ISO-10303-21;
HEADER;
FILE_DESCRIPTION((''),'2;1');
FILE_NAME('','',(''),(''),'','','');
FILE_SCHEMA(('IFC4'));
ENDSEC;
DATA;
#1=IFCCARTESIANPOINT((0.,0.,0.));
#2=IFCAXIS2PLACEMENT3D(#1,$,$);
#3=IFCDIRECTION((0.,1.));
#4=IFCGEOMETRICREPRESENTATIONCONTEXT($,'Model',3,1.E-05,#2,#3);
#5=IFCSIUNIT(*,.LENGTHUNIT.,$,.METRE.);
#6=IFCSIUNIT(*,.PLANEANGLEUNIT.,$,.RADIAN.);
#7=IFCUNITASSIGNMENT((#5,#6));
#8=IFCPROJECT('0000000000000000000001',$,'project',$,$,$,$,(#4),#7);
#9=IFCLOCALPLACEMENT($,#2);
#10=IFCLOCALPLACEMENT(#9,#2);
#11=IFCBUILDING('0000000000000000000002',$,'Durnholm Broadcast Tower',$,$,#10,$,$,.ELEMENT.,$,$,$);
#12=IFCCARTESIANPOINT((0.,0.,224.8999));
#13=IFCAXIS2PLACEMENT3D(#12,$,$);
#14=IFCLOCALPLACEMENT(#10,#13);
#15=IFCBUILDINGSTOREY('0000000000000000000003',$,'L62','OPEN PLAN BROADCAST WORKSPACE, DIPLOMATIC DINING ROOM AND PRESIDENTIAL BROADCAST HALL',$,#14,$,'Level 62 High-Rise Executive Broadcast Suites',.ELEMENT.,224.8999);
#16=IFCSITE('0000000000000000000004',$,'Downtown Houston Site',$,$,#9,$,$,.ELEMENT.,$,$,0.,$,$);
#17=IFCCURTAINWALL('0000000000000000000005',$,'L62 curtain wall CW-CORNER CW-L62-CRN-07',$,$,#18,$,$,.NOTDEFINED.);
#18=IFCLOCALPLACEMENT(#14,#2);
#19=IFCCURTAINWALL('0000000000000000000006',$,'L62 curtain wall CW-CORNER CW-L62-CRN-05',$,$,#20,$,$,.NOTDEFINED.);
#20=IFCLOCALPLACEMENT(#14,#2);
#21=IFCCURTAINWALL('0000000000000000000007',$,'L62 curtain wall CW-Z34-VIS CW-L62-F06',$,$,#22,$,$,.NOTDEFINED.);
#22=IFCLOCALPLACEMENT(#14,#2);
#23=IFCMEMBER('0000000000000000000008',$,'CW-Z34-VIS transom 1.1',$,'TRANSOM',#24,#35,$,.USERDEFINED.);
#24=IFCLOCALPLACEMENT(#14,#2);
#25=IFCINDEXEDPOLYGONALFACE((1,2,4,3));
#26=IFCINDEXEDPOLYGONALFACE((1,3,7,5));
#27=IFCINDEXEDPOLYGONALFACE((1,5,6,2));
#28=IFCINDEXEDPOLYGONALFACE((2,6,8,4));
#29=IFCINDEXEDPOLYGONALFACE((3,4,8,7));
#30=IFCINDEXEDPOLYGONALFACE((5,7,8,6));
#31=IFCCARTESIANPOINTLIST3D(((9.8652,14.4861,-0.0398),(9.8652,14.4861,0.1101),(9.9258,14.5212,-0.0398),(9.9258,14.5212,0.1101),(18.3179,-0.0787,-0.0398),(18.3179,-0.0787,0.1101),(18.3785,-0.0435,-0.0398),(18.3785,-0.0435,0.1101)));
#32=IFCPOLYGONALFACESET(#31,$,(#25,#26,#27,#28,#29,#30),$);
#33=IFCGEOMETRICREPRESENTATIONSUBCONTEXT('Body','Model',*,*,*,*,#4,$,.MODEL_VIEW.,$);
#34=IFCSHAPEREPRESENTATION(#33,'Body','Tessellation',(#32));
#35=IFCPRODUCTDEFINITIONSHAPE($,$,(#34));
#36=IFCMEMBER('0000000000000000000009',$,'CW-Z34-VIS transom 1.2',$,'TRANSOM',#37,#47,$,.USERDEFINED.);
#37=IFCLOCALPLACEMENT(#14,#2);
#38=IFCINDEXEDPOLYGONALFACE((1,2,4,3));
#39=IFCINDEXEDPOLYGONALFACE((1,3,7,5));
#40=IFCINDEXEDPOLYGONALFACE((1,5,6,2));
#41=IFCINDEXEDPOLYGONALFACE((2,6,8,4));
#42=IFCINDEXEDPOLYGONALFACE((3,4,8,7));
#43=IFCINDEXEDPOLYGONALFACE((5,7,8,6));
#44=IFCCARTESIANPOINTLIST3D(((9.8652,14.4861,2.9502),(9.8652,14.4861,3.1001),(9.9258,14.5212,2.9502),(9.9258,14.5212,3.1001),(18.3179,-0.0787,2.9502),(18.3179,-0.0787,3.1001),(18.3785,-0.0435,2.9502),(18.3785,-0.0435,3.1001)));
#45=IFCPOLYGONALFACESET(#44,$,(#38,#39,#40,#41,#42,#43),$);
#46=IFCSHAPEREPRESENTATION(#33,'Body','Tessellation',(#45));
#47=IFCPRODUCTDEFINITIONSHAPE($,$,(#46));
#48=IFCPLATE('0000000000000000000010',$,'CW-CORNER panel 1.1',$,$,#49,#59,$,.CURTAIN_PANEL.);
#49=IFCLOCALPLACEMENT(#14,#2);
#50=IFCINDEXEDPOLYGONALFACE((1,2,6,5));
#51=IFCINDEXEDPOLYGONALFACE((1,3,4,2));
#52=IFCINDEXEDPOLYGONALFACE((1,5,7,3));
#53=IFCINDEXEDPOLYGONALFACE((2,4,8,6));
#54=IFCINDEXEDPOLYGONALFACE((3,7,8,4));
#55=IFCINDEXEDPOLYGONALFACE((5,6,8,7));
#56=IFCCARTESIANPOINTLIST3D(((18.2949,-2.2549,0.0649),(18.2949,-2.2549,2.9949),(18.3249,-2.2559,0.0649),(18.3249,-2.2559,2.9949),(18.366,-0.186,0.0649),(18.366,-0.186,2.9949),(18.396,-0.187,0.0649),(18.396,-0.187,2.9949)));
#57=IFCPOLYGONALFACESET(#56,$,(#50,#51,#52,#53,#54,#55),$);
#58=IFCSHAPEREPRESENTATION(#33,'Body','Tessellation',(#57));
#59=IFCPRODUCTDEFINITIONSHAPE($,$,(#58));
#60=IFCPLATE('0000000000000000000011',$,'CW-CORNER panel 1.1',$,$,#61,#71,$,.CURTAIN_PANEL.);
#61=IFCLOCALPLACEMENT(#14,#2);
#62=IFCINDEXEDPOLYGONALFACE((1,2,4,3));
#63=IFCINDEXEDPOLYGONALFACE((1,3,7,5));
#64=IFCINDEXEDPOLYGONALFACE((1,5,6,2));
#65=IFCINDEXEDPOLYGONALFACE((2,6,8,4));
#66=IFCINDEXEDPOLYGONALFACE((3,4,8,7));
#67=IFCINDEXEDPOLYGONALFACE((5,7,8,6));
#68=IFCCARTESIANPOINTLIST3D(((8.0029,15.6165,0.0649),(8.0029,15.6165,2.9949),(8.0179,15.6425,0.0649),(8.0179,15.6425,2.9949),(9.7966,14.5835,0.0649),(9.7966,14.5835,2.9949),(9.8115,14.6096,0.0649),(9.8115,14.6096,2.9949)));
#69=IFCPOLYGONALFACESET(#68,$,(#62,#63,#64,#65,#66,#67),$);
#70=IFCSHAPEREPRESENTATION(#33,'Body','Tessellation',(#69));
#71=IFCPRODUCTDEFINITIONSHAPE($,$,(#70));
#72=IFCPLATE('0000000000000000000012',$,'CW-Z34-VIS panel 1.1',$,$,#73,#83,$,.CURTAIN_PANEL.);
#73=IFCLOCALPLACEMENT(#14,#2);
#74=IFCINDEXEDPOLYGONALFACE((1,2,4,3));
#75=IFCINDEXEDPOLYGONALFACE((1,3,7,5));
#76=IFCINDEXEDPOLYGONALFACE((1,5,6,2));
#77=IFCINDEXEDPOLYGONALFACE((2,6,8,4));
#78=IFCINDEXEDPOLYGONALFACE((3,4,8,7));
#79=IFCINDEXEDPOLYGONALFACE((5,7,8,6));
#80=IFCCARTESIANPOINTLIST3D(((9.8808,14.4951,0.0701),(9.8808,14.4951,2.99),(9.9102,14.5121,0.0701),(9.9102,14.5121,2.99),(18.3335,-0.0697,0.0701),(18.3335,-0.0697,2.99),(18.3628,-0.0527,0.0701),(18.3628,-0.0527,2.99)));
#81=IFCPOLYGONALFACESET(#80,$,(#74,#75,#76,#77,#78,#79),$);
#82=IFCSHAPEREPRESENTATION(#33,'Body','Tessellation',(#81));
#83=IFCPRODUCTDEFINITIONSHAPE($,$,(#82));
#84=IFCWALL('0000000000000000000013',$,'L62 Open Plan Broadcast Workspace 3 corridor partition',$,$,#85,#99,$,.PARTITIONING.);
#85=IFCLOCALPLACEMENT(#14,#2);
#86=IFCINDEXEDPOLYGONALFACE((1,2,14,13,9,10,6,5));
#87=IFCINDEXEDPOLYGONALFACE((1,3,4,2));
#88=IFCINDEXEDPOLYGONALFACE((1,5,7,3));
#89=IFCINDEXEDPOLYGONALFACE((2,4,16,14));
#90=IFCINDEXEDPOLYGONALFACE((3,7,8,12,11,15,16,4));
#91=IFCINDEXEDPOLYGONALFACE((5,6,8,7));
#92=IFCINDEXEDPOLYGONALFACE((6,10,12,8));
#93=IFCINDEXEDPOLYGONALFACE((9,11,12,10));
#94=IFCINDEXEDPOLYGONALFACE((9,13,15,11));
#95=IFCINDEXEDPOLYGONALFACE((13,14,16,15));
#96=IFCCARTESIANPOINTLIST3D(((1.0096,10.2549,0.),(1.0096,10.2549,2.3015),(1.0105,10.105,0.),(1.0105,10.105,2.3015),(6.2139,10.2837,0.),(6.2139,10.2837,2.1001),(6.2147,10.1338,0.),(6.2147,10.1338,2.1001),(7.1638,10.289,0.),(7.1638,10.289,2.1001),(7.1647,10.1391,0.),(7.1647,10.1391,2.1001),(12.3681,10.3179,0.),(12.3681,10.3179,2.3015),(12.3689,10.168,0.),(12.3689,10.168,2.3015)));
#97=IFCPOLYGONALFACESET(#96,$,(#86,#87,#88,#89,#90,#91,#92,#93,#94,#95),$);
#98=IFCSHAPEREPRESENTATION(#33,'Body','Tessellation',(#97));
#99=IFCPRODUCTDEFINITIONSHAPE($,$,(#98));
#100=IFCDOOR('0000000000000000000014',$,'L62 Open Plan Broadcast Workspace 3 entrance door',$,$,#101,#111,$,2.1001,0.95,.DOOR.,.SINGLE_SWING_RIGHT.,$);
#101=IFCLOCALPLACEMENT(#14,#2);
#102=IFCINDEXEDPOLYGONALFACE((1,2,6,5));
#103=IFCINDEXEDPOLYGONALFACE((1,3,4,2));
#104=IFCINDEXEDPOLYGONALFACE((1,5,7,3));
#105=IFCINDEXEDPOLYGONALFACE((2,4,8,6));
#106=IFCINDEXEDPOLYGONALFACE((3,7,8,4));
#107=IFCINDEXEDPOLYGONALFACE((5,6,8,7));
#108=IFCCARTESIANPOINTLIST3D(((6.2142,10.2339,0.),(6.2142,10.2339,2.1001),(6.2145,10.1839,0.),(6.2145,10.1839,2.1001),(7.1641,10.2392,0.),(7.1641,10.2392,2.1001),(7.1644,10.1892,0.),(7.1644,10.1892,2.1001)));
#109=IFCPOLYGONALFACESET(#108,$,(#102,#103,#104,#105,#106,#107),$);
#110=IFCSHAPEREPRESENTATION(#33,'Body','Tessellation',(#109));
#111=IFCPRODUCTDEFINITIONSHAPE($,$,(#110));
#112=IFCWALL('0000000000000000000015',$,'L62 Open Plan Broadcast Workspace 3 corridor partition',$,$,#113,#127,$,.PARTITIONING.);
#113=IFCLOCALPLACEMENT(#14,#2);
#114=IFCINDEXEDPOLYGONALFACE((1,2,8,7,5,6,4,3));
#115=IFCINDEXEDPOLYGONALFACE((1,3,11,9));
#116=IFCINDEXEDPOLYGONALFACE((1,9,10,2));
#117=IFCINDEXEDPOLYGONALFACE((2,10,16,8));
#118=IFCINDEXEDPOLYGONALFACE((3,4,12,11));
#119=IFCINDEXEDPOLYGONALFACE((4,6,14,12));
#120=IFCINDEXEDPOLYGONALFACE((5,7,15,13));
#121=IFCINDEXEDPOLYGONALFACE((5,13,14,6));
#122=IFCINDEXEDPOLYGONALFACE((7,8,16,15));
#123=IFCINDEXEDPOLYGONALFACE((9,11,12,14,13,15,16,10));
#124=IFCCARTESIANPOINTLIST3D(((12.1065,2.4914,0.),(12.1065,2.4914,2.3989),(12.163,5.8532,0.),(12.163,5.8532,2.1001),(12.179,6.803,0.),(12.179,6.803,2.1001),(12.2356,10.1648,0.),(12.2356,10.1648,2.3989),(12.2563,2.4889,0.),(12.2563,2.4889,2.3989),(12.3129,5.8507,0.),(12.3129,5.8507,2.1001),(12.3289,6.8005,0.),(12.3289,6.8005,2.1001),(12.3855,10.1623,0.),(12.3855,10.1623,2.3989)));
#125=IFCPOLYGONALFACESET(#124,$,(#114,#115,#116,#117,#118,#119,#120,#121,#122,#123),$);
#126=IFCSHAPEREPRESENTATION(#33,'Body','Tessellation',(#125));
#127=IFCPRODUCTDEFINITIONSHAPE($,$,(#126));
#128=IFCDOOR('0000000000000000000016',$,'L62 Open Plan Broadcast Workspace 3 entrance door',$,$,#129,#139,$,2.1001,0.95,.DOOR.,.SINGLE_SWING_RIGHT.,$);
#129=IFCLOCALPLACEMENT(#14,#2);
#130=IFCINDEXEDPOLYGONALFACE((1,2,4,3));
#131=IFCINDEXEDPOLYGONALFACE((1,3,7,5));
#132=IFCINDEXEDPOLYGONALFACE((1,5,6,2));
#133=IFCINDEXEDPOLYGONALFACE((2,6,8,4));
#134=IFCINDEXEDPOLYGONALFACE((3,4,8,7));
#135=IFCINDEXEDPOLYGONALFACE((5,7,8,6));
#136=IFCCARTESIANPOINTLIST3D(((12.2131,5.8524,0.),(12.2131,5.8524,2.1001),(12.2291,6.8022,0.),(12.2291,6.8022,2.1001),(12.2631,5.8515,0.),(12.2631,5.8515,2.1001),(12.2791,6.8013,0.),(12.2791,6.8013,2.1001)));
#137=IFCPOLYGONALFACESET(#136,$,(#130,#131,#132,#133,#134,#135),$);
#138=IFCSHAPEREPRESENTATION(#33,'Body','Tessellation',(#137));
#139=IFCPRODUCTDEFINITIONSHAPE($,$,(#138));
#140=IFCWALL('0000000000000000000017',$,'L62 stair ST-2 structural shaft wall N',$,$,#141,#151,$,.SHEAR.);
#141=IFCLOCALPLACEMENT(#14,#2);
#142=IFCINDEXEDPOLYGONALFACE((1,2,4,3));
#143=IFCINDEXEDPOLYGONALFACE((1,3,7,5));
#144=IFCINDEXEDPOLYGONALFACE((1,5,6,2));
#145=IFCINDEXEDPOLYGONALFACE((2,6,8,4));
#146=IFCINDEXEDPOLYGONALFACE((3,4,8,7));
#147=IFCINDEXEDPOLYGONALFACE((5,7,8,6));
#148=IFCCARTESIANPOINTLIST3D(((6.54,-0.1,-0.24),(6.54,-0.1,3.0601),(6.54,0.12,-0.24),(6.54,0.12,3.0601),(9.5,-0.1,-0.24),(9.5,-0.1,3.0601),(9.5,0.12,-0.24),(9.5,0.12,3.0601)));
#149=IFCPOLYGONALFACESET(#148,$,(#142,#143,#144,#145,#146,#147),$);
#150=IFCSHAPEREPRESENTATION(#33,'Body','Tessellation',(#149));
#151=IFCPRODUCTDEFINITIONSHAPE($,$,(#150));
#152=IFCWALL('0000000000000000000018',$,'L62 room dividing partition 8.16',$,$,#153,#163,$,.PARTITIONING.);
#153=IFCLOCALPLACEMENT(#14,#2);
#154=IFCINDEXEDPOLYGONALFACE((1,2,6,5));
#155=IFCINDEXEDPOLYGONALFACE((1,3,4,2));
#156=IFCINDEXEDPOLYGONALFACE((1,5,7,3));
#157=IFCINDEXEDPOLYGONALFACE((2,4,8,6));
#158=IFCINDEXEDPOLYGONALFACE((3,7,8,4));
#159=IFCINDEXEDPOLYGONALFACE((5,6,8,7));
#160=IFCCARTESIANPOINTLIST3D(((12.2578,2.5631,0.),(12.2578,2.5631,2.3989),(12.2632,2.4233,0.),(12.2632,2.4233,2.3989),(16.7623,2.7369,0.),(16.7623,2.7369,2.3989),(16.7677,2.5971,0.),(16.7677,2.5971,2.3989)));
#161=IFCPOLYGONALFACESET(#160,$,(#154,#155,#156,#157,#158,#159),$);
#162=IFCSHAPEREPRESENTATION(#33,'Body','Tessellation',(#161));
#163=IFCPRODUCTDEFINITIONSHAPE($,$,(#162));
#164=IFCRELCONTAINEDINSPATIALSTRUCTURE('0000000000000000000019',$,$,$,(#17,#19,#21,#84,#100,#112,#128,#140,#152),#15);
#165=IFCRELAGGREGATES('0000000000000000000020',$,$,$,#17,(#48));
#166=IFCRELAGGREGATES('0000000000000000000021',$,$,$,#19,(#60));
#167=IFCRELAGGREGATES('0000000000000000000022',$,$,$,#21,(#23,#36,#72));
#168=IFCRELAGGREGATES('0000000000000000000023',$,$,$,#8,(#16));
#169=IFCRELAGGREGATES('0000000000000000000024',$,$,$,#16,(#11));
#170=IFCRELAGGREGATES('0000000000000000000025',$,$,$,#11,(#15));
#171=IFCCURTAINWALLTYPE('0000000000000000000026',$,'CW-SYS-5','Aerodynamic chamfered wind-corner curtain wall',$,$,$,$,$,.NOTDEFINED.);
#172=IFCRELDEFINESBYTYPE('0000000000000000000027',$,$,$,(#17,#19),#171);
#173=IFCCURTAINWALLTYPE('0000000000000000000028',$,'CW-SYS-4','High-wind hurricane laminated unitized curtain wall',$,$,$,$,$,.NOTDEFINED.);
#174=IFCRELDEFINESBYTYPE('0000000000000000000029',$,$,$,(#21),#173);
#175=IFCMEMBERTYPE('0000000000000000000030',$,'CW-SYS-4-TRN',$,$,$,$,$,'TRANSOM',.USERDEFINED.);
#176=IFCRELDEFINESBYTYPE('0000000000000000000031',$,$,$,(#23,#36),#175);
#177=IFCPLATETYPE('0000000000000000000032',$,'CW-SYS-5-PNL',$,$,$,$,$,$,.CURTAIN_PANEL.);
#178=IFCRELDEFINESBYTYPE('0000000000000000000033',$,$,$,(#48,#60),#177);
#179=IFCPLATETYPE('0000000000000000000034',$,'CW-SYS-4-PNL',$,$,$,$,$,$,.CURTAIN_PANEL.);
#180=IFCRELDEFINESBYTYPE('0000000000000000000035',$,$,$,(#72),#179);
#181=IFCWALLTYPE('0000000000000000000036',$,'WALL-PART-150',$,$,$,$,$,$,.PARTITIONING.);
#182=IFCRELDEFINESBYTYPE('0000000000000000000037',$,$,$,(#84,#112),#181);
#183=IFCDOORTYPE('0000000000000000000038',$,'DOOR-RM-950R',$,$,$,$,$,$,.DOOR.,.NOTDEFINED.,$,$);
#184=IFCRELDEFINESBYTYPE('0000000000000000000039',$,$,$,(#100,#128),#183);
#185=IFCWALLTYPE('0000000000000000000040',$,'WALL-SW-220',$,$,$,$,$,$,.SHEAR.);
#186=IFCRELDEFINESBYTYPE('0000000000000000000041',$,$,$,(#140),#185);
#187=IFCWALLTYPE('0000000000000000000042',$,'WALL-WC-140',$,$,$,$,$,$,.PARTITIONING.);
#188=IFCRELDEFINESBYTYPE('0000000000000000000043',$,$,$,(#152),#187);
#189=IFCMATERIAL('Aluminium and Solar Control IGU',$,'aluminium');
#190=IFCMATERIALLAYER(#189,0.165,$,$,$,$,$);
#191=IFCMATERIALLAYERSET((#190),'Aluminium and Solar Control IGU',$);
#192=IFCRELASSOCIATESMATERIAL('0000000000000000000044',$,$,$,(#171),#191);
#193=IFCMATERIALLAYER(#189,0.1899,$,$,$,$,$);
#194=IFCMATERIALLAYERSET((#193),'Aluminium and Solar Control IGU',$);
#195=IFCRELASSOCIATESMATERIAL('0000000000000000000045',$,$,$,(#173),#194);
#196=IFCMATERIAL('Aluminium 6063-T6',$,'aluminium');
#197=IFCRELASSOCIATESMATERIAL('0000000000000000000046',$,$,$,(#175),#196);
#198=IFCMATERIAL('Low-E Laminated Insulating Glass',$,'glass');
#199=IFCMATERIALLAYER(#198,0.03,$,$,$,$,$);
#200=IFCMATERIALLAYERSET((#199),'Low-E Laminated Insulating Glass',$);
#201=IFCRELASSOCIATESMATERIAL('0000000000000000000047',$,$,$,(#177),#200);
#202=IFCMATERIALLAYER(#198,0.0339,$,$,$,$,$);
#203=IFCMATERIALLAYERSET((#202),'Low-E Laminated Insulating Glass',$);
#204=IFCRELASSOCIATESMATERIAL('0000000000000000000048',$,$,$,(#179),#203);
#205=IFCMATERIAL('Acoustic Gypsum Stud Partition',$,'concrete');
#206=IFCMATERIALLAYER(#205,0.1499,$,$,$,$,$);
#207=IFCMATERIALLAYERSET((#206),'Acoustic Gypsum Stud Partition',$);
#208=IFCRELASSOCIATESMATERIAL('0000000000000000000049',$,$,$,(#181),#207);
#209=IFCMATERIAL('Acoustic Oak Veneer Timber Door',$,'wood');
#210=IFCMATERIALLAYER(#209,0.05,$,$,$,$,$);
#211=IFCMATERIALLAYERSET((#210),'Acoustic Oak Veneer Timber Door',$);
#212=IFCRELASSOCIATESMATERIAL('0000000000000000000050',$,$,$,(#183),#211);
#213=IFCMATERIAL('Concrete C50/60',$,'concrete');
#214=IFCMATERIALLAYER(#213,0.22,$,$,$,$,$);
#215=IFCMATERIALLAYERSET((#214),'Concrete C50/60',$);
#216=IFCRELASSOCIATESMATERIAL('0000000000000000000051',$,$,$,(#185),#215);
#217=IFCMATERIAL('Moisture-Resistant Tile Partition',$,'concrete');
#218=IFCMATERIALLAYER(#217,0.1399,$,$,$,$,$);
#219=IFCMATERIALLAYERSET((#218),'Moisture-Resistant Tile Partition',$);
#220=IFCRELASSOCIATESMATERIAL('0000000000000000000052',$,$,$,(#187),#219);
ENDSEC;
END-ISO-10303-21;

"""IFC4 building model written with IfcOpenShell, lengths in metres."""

from ifc_helpers import new_model, si_unit, direction, frame, frame_2d, origin, origin_2d, place, context, subcontext, project, spatial, rectangle, extrude, source, transform, mapped, material, layer, layer_set, material_profile, profile_set, type_object, type_shapes, element, fill, aggregate, save


model = new_model("IFC4")

# Units and contexts
model_context = context("Model", 3, precision=1e-05, world=origin(), true_north=direction((0.0, 1.0)))
body_context = subcontext(model_context, "Body", "Model", "MODEL_VIEW")
ifc_project = project(units=[si_unit("LENGTHUNIT", "METRE"), si_unit("PLANEANGLEUNIT", "RADIAN")], contexts=[model_context])

# Site, building, storey
site_placement = place(None, origin())
site = spatial("IfcSite", under=ifc_project, at=site_placement, Name="Downtown Houston Site", CompositionType="ELEMENT", RefElevation=0.0)
building_placement = place(site_placement, origin())
building = spatial("IfcBuilding", under=site, at=building_placement, Name="Durnholm Broadcast Tower", CompositionType="ELEMENT")
storey_placement = place(building_placement, frame((0.0, 0.0, 224.8999)))
storey = spatial("IfcBuildingStorey", under=building, at=storey_placement, Name="L62", Description="OPEN PLAN BROADCAST WORKSPACE, DIPLOMATIC DINING ROOM AND PRESIDENTIAL BROADCAST HALL", LongName="Level 62 High-Rise Executive Broadcast Suites", CompositionType="ELEMENT", Elevation=224.8999)

# Curtain wall
ifc_material_1 = material(Name="Aluminium and Solar Control IGU", Category="aluminium")
ifc_layer_1 = layer(ifc_material_1, 0.165)
ifc_layer_set_1 = layer_set([ifc_layer_1], Name="Aluminium and Solar Control IGU")
curtain_wall_type_1 = type_object("IfcCurtainWallType", Name="CW-SYS-5", Description="Aerodynamic chamfered wind-corner curtain wall", PredefinedType="NOTDEFINED", material=ifc_layer_set_1)
curtain_wall_1_placement = place(storey_placement, origin())
curtain_wall_1 = element("IfcCurtainWall", 1, at=curtain_wall_1_placement, inside=storey, type_object=curtain_wall_type_1, Name="L62 curtain wall CW-CORNER CW-L62-CRN-07", PredefinedType="NOTDEFINED")
ifc_material_2 = material(Name="Aluminium 6063-T6", Category="aluminium")

# Curtain wall
curtain_wall_2_placement = place(storey_placement, origin())
curtain_wall_2 = element("IfcCurtainWall", 2, at=curtain_wall_2_placement, inside=storey, type_object=curtain_wall_type_1, Name="L62 curtain wall CW-CORNER CW-L62-CRN-05", PredefinedType="NOTDEFINED")

# Curtain wall, members
ifc_layer_2 = layer(ifc_material_1, 0.1899)
ifc_layer_set_2 = layer_set([ifc_layer_2], Name="Aluminium and Solar Control IGU")
curtain_wall_type_2 = type_object("IfcCurtainWallType", Name="CW-SYS-4", Description="High-wind hurricane laminated unitized curtain wall", PredefinedType="NOTDEFINED", material=ifc_layer_set_2)
curtain_wall_3_placement = place(storey_placement, origin())
curtain_wall_3 = element("IfcCurtainWall", 3, at=curtain_wall_3_placement, inside=storey, type_object=curtain_wall_type_2, Name="L62 curtain wall CW-Z34-VIS CW-L62-F06", PredefinedType="NOTDEFINED")
ifc_material_profile_1 = material_profile(ifc_material_2, rectangle(XDim=0.0701, YDim=0.1499, at=origin_2d()), Name="CWT70X150")
ifc_profile_set_1 = profile_set([ifc_material_profile_1], Name="Aluminium 6063-T6")
member_type_1 = type_object("IfcMemberType", Name="CW-SYS-4-TRN", ElementType="TRANSOM", PredefinedType="USERDEFINED", material=ifc_profile_set_1)
shared_shape_1 = source(origin(), body_context, "Body", "SweptSolid", [
    extrude(rectangle(XDim=0.0701, YDim=0.1499, at=origin_2d()), origin(), (0.0, 0.0, 1.0), 16.8398),
])
type_shapes(member_type_1, [shared_shape_1])
member_1_placement = place(storey_placement, frame((9.8955, 14.5037, 0.0352), z_axis=(0.501945, -0.864899, 0.0), x_axis=(0.864899, 0.501945, 0.0)))
member_1 = element("IfcMember", 4, at=member_1_placement, type_object=member_type_1, Name="CW-Z34-VIS transom 1.1", ObjectType="TRANSOM", PredefinedType="USERDEFINED", context=body_context, shape_type="MappedRepresentation", body=[
    mapped(shared_shape_1, transform((0.0, 0.0, 0.0), x_axis=(1.0, 0.0, 0.0), y_axis=(0.0, 1.0, 0.0), z_axis=(0.0, 0.0, 1.0), scale=1.0)),
])
member_2_placement = place(storey_placement, frame((9.8955, 14.5037, 3.0251), z_axis=(0.501945, -0.864899, 0.0), x_axis=(0.864899, 0.501945, 0.0)))
member_2 = element("IfcMember", 5, at=member_2_placement, type_object=member_type_1, Name="CW-Z34-VIS transom 1.2", ObjectType="TRANSOM", PredefinedType="USERDEFINED", context=body_context, shape_type="MappedRepresentation", body=[
    mapped(shared_shape_1, transform((0.0, 0.0, 0.0), x_axis=(1.0, 0.0, 0.0), y_axis=(0.0, 1.0, 0.0), z_axis=(0.0, 0.0, 1.0), scale=1.0)),
])

# Plates
ifc_material_3 = material(Name="Low-E Laminated Insulating Glass", Category="glass")
ifc_layer_3 = layer(ifc_material_3, 0.03)
ifc_layer_set_3 = layer_set([ifc_layer_3], Name="Low-E Laminated Insulating Glass")
plate_type_1 = type_object("IfcPlateType", Name="CW-SYS-5-PNL", PredefinedType="CURTAIN_PANEL", material=ifc_layer_set_3)
shared_shape_2 = source(origin(), body_context, "Body", "SweptSolid", [
    extrude(rectangle(XDim=2.0701, YDim=0.03, at=origin_2d()), origin(), (0.0, 0.0, 1.0), 2.9299),
])
plate_1_placement = place(storey_placement, frame((18.3455, -1.2209, 0.0649), z_axis=(0.0, 0.0, 1.0), x_axis=(-0.034318, -0.999411, 0.0)))
plate_1 = element("IfcPlate", 6, at=plate_1_placement, type_object=plate_type_1, Name="CW-CORNER panel 1.1", PredefinedType="CURTAIN_PANEL", context=body_context, shape_type="MappedRepresentation", body=[
    mapped(shared_shape_2, transform((0.0, 0.0, 0.0), x_axis=(1.0, 0.0, 0.0), y_axis=(0.0, 1.0, 0.0), z_axis=(0.0, 0.0, 1.0), scale=1.0)),
])
aggregate(curtain_wall_1, [plate_1])
shared_shape_3 = source(origin(), body_context, "Body", "SweptSolid", [
    extrude(rectangle(XDim=2.0698, YDim=0.03, at=origin_2d()), origin(), (0.0, 0.0, 1.0), 2.9299),
])
type_shapes(plate_type_1, [shared_shape_2, shared_shape_3])
plate_2_placement = place(storey_placement, frame((8.9072, 15.113, 0.0649), z_axis=(0.0, 0.0, 1.0), x_axis=(0.866568, -0.499059, 0.0)))
plate_2 = element("IfcPlate", 7, at=plate_2_placement, type_object=plate_type_1, Name="CW-CORNER panel 1.1", PredefinedType="CURTAIN_PANEL", context=body_context, shape_type="MappedRepresentation", body=[
    mapped(shared_shape_3, transform((0.0, 0.0, 0.0), x_axis=(1.0, 0.0, 0.0), y_axis=(0.0, 1.0, 0.0), z_axis=(0.0, 0.0, 1.0), scale=1.0)),
])
aggregate(curtain_wall_2, [plate_2])
ifc_layer_4 = layer(ifc_material_3, 0.0339)
ifc_layer_set_4 = layer_set([ifc_layer_4], Name="Low-E Laminated Insulating Glass")
plate_type_2 = type_object("IfcPlateType", Name="CW-SYS-4-PNL", PredefinedType="CURTAIN_PANEL", material=ifc_layer_set_4)
shared_shape_4 = source(origin(), body_context, "Body", "SweptSolid", [
    extrude(rectangle(XDim=16.8398, YDim=0.0339, at=origin_2d()), origin(), (0.0, 0.0, 1.0), 2.9199),
])
type_shapes(plate_type_2, [shared_shape_4])
plate_3_placement = place(storey_placement, frame((14.1218, 7.2212, 0.0701), z_axis=(0.0, 0.0, 1.0), x_axis=(0.501944, -0.8649, 0.0)))
plate_3 = element("IfcPlate", 8, at=plate_3_placement, type_object=plate_type_2, Name="CW-Z34-VIS panel 1.1", PredefinedType="CURTAIN_PANEL", context=body_context, shape_type="MappedRepresentation", body=[
    mapped(shared_shape_4, transform((0.0, 0.0, 0.0), x_axis=(1.0, 0.0, 0.0), y_axis=(0.0, 1.0, 0.0), z_axis=(0.0, 0.0, 1.0), scale=1.0)),
])
aggregate(curtain_wall_3, [member_1, member_2, plate_3])

# Walls, openings, doors
ifc_material_4 = material(Name="Acoustic Gypsum Stud Partition", Category="concrete")
ifc_layer_5 = layer(ifc_material_4, 0.1499)
ifc_layer_set_5 = layer_set([ifc_layer_5], Name="Acoustic Gypsum Stud Partition")
wall_type_1 = type_object("IfcWallType", Name="WALL-PART-150", PredefinedType="PARTITIONING", material=ifc_layer_set_5)
wall_1_placement = place(storey_placement, frame((12.3684, 10.2429, 0.0), z_axis=(0.0, 0.0, 1.0), x_axis=(-0.999985, -0.005545, 0.0)))
wall_1 = element("IfcWall", 9, at=wall_1_placement, inside=storey, type_object=wall_type_1, Name="L62 Open Plan Broadcast Workspace 3 corridor partition", PredefinedType="PARTITIONING", context=body_context, shape_type="SweptSolid", body=[
    extrude(rectangle(XDim=11.3586, YDim=0.1499, at=frame_2d((5.6792, 0.0))), origin(), (0.0, 0.0, 1.0), 2.3015),
])
opening_1_placement = place(wall_1_placement, frame((5.2041, 0.0, 0.0)))
opening_1 = element("IfcOpeningElement", 10, at=opening_1_placement, cuts=wall_1, PredefinedType="OPENING", context=body_context, shape_type="SweptSolid", body=[
    extrude(rectangle(XDim=0.95, YDim=2.1001, at=frame_2d((0.4751, 1.05))), frame((0.0, 0.085, 0.0), z_axis=(0.0, -1.0, 0.0), x_axis=(1.0, 0.0, 0.0)), (0.0, 0.0, 1.0), 0.1699),
])
ifc_material_5 = material(Name="Acoustic Oak Veneer Timber Door", Category="wood")
ifc_layer_6 = layer(ifc_material_5, 0.05)
ifc_layer_set_6 = layer_set([ifc_layer_6], Name="Acoustic Oak Veneer Timber Door")
door_type = type_object("IfcDoorType", Name="DOOR-RM-950R", OperationType="NOTDEFINED", PredefinedType="DOOR", material=ifc_layer_set_6)
shared_shape_5 = source(origin(), body_context, "Body", "SweptSolid", [
    extrude(rectangle(XDim=0.95, YDim=2.1001, at=frame_2d((0.4751, 1.05))), frame((0.0, 0.0249, 0.0), z_axis=(0.0, -1.0, 0.0), x_axis=(1.0, 0.0, 0.0)), (0.0, 0.0, 1.0), 0.05),
])
type_shapes(door_type, [shared_shape_5])
door_1_placement = place(opening_1_placement, origin())
door_1 = element("IfcDoor", 11, at=door_1_placement, inside=storey, type_object=door_type, Name="L62 Open Plan Broadcast Workspace 3 entrance door", OperationType="SINGLE_SWING_RIGHT", OverallHeight=2.1001, OverallWidth=0.95, PredefinedType="DOOR", context=body_context, shape_type="MappedRepresentation", body=[
    mapped(shared_shape_5, transform((0.0, 0.0, 0.0), x_axis=(1.0, 0.0, 0.0), y_axis=(0.0, 1.0, 0.0), z_axis=(0.0, 0.0, 1.0), scale=1.0)),
])
fill(opening_1, door_1)
wall_2_placement = place(storey_placement, frame((12.1814, 2.49, 0.0), z_axis=(0.0, 0.0, 1.0), x_axis=(0.016828, 0.999858, 0.0)))
wall_2 = element("IfcWall", 12, at=wall_2_placement, inside=storey, type_object=wall_type_1, Name="L62 Open Plan Broadcast Workspace 3 corridor partition", PredefinedType="PARTITIONING", context=body_context, shape_type="SweptSolid", body=[
    extrude(rectangle(XDim=7.6746, YDim=0.1499, at=frame_2d((3.8374, 0.0))), origin(), (0.0, 0.0, 1.0), 2.3989),
])
opening_2_placement = place(wall_2_placement, frame((3.3623, 0.0, 0.0)))
opening_2 = element("IfcOpeningElement", 13, at=opening_2_placement, cuts=wall_2, PredefinedType="OPENING", context=body_context, shape_type="SweptSolid", body=[
    extrude(rectangle(XDim=0.95, YDim=2.1001, at=frame_2d((0.4751, 1.05))), frame((0.0, 0.085, 0.0), z_axis=(0.0, -1.0, 0.0), x_axis=(1.0, 0.0, 0.0)), (0.0, 0.0, 1.0), 0.1699),
])
door_2_placement = place(opening_2_placement, origin())
door_2 = element("IfcDoor", 14, at=door_2_placement, inside=storey, type_object=door_type, Name="L62 Open Plan Broadcast Workspace 3 entrance door", OperationType="SINGLE_SWING_RIGHT", OverallHeight=2.1001, OverallWidth=0.95, PredefinedType="DOOR", context=body_context, shape_type="MappedRepresentation", body=[
    mapped(shared_shape_5, transform((0.0, 0.0, 0.0), x_axis=(1.0, 0.0, 0.0), y_axis=(0.0, 1.0, 0.0), z_axis=(0.0, 0.0, 1.0), scale=1.0)),
])
fill(opening_2, door_2)

# Walls
ifc_material_6 = material(Name="Concrete C50/60", Category="concrete")
ifc_layer_7 = layer(ifc_material_6, 0.22)
ifc_layer_set_7 = layer_set([ifc_layer_7], Name="Concrete C50/60")
wall_type_2 = type_object("IfcWallType", Name="WALL-SW-220", PredefinedType="SHEAR", material=ifc_layer_set_7)
wall_3_placement = place(storey_placement, frame((9.5, 0.01, -0.24), z_axis=(0.0, 0.0, 1.0), x_axis=(-1.0, 0.0, 0.0)))
element("IfcWall", 15, at=wall_3_placement, inside=storey, type_object=wall_type_2, Name="L62 stair ST-2 structural shaft wall N", PredefinedType="SHEAR", context=body_context, shape_type="SweptSolid", body=[
    extrude(rectangle(XDim=2.96, YDim=0.22, at=frame_2d((1.48, 0.0))), origin(), (0.0, 0.0, 1.0), 3.3),
])
ifc_material_7 = material(Name="Moisture-Resistant Tile Partition", Category="concrete")
ifc_layer_8 = layer(ifc_material_7, 0.1399)
ifc_layer_set_8 = layer_set([ifc_layer_8], Name="Moisture-Resistant Tile Partition")
wall_type_3 = type_object("IfcWallType", Name="WALL-WC-140", PredefinedType="PARTITIONING", material=ifc_layer_set_8)
wall_4_placement = place(storey_placement, frame((12.2605, 2.4932, 0.0), z_axis=(0.0, 0.0, 1.0), x_axis=(0.999256, 0.038562, 0.0)))
element("IfcWall", 16, at=wall_4_placement, inside=storey, type_object=wall_type_3, Name="L62 room dividing partition 8.16", PredefinedType="PARTITIONING", context=body_context, shape_type="SweptSolid", body=[
    extrude(rectangle(XDim=4.5078, YDim=0.1399, at=frame_2d((2.2539, 0.0))), origin(), (0.0, 0.0, 1.0), 2.3989),
])

save(model, "model.ifc")
